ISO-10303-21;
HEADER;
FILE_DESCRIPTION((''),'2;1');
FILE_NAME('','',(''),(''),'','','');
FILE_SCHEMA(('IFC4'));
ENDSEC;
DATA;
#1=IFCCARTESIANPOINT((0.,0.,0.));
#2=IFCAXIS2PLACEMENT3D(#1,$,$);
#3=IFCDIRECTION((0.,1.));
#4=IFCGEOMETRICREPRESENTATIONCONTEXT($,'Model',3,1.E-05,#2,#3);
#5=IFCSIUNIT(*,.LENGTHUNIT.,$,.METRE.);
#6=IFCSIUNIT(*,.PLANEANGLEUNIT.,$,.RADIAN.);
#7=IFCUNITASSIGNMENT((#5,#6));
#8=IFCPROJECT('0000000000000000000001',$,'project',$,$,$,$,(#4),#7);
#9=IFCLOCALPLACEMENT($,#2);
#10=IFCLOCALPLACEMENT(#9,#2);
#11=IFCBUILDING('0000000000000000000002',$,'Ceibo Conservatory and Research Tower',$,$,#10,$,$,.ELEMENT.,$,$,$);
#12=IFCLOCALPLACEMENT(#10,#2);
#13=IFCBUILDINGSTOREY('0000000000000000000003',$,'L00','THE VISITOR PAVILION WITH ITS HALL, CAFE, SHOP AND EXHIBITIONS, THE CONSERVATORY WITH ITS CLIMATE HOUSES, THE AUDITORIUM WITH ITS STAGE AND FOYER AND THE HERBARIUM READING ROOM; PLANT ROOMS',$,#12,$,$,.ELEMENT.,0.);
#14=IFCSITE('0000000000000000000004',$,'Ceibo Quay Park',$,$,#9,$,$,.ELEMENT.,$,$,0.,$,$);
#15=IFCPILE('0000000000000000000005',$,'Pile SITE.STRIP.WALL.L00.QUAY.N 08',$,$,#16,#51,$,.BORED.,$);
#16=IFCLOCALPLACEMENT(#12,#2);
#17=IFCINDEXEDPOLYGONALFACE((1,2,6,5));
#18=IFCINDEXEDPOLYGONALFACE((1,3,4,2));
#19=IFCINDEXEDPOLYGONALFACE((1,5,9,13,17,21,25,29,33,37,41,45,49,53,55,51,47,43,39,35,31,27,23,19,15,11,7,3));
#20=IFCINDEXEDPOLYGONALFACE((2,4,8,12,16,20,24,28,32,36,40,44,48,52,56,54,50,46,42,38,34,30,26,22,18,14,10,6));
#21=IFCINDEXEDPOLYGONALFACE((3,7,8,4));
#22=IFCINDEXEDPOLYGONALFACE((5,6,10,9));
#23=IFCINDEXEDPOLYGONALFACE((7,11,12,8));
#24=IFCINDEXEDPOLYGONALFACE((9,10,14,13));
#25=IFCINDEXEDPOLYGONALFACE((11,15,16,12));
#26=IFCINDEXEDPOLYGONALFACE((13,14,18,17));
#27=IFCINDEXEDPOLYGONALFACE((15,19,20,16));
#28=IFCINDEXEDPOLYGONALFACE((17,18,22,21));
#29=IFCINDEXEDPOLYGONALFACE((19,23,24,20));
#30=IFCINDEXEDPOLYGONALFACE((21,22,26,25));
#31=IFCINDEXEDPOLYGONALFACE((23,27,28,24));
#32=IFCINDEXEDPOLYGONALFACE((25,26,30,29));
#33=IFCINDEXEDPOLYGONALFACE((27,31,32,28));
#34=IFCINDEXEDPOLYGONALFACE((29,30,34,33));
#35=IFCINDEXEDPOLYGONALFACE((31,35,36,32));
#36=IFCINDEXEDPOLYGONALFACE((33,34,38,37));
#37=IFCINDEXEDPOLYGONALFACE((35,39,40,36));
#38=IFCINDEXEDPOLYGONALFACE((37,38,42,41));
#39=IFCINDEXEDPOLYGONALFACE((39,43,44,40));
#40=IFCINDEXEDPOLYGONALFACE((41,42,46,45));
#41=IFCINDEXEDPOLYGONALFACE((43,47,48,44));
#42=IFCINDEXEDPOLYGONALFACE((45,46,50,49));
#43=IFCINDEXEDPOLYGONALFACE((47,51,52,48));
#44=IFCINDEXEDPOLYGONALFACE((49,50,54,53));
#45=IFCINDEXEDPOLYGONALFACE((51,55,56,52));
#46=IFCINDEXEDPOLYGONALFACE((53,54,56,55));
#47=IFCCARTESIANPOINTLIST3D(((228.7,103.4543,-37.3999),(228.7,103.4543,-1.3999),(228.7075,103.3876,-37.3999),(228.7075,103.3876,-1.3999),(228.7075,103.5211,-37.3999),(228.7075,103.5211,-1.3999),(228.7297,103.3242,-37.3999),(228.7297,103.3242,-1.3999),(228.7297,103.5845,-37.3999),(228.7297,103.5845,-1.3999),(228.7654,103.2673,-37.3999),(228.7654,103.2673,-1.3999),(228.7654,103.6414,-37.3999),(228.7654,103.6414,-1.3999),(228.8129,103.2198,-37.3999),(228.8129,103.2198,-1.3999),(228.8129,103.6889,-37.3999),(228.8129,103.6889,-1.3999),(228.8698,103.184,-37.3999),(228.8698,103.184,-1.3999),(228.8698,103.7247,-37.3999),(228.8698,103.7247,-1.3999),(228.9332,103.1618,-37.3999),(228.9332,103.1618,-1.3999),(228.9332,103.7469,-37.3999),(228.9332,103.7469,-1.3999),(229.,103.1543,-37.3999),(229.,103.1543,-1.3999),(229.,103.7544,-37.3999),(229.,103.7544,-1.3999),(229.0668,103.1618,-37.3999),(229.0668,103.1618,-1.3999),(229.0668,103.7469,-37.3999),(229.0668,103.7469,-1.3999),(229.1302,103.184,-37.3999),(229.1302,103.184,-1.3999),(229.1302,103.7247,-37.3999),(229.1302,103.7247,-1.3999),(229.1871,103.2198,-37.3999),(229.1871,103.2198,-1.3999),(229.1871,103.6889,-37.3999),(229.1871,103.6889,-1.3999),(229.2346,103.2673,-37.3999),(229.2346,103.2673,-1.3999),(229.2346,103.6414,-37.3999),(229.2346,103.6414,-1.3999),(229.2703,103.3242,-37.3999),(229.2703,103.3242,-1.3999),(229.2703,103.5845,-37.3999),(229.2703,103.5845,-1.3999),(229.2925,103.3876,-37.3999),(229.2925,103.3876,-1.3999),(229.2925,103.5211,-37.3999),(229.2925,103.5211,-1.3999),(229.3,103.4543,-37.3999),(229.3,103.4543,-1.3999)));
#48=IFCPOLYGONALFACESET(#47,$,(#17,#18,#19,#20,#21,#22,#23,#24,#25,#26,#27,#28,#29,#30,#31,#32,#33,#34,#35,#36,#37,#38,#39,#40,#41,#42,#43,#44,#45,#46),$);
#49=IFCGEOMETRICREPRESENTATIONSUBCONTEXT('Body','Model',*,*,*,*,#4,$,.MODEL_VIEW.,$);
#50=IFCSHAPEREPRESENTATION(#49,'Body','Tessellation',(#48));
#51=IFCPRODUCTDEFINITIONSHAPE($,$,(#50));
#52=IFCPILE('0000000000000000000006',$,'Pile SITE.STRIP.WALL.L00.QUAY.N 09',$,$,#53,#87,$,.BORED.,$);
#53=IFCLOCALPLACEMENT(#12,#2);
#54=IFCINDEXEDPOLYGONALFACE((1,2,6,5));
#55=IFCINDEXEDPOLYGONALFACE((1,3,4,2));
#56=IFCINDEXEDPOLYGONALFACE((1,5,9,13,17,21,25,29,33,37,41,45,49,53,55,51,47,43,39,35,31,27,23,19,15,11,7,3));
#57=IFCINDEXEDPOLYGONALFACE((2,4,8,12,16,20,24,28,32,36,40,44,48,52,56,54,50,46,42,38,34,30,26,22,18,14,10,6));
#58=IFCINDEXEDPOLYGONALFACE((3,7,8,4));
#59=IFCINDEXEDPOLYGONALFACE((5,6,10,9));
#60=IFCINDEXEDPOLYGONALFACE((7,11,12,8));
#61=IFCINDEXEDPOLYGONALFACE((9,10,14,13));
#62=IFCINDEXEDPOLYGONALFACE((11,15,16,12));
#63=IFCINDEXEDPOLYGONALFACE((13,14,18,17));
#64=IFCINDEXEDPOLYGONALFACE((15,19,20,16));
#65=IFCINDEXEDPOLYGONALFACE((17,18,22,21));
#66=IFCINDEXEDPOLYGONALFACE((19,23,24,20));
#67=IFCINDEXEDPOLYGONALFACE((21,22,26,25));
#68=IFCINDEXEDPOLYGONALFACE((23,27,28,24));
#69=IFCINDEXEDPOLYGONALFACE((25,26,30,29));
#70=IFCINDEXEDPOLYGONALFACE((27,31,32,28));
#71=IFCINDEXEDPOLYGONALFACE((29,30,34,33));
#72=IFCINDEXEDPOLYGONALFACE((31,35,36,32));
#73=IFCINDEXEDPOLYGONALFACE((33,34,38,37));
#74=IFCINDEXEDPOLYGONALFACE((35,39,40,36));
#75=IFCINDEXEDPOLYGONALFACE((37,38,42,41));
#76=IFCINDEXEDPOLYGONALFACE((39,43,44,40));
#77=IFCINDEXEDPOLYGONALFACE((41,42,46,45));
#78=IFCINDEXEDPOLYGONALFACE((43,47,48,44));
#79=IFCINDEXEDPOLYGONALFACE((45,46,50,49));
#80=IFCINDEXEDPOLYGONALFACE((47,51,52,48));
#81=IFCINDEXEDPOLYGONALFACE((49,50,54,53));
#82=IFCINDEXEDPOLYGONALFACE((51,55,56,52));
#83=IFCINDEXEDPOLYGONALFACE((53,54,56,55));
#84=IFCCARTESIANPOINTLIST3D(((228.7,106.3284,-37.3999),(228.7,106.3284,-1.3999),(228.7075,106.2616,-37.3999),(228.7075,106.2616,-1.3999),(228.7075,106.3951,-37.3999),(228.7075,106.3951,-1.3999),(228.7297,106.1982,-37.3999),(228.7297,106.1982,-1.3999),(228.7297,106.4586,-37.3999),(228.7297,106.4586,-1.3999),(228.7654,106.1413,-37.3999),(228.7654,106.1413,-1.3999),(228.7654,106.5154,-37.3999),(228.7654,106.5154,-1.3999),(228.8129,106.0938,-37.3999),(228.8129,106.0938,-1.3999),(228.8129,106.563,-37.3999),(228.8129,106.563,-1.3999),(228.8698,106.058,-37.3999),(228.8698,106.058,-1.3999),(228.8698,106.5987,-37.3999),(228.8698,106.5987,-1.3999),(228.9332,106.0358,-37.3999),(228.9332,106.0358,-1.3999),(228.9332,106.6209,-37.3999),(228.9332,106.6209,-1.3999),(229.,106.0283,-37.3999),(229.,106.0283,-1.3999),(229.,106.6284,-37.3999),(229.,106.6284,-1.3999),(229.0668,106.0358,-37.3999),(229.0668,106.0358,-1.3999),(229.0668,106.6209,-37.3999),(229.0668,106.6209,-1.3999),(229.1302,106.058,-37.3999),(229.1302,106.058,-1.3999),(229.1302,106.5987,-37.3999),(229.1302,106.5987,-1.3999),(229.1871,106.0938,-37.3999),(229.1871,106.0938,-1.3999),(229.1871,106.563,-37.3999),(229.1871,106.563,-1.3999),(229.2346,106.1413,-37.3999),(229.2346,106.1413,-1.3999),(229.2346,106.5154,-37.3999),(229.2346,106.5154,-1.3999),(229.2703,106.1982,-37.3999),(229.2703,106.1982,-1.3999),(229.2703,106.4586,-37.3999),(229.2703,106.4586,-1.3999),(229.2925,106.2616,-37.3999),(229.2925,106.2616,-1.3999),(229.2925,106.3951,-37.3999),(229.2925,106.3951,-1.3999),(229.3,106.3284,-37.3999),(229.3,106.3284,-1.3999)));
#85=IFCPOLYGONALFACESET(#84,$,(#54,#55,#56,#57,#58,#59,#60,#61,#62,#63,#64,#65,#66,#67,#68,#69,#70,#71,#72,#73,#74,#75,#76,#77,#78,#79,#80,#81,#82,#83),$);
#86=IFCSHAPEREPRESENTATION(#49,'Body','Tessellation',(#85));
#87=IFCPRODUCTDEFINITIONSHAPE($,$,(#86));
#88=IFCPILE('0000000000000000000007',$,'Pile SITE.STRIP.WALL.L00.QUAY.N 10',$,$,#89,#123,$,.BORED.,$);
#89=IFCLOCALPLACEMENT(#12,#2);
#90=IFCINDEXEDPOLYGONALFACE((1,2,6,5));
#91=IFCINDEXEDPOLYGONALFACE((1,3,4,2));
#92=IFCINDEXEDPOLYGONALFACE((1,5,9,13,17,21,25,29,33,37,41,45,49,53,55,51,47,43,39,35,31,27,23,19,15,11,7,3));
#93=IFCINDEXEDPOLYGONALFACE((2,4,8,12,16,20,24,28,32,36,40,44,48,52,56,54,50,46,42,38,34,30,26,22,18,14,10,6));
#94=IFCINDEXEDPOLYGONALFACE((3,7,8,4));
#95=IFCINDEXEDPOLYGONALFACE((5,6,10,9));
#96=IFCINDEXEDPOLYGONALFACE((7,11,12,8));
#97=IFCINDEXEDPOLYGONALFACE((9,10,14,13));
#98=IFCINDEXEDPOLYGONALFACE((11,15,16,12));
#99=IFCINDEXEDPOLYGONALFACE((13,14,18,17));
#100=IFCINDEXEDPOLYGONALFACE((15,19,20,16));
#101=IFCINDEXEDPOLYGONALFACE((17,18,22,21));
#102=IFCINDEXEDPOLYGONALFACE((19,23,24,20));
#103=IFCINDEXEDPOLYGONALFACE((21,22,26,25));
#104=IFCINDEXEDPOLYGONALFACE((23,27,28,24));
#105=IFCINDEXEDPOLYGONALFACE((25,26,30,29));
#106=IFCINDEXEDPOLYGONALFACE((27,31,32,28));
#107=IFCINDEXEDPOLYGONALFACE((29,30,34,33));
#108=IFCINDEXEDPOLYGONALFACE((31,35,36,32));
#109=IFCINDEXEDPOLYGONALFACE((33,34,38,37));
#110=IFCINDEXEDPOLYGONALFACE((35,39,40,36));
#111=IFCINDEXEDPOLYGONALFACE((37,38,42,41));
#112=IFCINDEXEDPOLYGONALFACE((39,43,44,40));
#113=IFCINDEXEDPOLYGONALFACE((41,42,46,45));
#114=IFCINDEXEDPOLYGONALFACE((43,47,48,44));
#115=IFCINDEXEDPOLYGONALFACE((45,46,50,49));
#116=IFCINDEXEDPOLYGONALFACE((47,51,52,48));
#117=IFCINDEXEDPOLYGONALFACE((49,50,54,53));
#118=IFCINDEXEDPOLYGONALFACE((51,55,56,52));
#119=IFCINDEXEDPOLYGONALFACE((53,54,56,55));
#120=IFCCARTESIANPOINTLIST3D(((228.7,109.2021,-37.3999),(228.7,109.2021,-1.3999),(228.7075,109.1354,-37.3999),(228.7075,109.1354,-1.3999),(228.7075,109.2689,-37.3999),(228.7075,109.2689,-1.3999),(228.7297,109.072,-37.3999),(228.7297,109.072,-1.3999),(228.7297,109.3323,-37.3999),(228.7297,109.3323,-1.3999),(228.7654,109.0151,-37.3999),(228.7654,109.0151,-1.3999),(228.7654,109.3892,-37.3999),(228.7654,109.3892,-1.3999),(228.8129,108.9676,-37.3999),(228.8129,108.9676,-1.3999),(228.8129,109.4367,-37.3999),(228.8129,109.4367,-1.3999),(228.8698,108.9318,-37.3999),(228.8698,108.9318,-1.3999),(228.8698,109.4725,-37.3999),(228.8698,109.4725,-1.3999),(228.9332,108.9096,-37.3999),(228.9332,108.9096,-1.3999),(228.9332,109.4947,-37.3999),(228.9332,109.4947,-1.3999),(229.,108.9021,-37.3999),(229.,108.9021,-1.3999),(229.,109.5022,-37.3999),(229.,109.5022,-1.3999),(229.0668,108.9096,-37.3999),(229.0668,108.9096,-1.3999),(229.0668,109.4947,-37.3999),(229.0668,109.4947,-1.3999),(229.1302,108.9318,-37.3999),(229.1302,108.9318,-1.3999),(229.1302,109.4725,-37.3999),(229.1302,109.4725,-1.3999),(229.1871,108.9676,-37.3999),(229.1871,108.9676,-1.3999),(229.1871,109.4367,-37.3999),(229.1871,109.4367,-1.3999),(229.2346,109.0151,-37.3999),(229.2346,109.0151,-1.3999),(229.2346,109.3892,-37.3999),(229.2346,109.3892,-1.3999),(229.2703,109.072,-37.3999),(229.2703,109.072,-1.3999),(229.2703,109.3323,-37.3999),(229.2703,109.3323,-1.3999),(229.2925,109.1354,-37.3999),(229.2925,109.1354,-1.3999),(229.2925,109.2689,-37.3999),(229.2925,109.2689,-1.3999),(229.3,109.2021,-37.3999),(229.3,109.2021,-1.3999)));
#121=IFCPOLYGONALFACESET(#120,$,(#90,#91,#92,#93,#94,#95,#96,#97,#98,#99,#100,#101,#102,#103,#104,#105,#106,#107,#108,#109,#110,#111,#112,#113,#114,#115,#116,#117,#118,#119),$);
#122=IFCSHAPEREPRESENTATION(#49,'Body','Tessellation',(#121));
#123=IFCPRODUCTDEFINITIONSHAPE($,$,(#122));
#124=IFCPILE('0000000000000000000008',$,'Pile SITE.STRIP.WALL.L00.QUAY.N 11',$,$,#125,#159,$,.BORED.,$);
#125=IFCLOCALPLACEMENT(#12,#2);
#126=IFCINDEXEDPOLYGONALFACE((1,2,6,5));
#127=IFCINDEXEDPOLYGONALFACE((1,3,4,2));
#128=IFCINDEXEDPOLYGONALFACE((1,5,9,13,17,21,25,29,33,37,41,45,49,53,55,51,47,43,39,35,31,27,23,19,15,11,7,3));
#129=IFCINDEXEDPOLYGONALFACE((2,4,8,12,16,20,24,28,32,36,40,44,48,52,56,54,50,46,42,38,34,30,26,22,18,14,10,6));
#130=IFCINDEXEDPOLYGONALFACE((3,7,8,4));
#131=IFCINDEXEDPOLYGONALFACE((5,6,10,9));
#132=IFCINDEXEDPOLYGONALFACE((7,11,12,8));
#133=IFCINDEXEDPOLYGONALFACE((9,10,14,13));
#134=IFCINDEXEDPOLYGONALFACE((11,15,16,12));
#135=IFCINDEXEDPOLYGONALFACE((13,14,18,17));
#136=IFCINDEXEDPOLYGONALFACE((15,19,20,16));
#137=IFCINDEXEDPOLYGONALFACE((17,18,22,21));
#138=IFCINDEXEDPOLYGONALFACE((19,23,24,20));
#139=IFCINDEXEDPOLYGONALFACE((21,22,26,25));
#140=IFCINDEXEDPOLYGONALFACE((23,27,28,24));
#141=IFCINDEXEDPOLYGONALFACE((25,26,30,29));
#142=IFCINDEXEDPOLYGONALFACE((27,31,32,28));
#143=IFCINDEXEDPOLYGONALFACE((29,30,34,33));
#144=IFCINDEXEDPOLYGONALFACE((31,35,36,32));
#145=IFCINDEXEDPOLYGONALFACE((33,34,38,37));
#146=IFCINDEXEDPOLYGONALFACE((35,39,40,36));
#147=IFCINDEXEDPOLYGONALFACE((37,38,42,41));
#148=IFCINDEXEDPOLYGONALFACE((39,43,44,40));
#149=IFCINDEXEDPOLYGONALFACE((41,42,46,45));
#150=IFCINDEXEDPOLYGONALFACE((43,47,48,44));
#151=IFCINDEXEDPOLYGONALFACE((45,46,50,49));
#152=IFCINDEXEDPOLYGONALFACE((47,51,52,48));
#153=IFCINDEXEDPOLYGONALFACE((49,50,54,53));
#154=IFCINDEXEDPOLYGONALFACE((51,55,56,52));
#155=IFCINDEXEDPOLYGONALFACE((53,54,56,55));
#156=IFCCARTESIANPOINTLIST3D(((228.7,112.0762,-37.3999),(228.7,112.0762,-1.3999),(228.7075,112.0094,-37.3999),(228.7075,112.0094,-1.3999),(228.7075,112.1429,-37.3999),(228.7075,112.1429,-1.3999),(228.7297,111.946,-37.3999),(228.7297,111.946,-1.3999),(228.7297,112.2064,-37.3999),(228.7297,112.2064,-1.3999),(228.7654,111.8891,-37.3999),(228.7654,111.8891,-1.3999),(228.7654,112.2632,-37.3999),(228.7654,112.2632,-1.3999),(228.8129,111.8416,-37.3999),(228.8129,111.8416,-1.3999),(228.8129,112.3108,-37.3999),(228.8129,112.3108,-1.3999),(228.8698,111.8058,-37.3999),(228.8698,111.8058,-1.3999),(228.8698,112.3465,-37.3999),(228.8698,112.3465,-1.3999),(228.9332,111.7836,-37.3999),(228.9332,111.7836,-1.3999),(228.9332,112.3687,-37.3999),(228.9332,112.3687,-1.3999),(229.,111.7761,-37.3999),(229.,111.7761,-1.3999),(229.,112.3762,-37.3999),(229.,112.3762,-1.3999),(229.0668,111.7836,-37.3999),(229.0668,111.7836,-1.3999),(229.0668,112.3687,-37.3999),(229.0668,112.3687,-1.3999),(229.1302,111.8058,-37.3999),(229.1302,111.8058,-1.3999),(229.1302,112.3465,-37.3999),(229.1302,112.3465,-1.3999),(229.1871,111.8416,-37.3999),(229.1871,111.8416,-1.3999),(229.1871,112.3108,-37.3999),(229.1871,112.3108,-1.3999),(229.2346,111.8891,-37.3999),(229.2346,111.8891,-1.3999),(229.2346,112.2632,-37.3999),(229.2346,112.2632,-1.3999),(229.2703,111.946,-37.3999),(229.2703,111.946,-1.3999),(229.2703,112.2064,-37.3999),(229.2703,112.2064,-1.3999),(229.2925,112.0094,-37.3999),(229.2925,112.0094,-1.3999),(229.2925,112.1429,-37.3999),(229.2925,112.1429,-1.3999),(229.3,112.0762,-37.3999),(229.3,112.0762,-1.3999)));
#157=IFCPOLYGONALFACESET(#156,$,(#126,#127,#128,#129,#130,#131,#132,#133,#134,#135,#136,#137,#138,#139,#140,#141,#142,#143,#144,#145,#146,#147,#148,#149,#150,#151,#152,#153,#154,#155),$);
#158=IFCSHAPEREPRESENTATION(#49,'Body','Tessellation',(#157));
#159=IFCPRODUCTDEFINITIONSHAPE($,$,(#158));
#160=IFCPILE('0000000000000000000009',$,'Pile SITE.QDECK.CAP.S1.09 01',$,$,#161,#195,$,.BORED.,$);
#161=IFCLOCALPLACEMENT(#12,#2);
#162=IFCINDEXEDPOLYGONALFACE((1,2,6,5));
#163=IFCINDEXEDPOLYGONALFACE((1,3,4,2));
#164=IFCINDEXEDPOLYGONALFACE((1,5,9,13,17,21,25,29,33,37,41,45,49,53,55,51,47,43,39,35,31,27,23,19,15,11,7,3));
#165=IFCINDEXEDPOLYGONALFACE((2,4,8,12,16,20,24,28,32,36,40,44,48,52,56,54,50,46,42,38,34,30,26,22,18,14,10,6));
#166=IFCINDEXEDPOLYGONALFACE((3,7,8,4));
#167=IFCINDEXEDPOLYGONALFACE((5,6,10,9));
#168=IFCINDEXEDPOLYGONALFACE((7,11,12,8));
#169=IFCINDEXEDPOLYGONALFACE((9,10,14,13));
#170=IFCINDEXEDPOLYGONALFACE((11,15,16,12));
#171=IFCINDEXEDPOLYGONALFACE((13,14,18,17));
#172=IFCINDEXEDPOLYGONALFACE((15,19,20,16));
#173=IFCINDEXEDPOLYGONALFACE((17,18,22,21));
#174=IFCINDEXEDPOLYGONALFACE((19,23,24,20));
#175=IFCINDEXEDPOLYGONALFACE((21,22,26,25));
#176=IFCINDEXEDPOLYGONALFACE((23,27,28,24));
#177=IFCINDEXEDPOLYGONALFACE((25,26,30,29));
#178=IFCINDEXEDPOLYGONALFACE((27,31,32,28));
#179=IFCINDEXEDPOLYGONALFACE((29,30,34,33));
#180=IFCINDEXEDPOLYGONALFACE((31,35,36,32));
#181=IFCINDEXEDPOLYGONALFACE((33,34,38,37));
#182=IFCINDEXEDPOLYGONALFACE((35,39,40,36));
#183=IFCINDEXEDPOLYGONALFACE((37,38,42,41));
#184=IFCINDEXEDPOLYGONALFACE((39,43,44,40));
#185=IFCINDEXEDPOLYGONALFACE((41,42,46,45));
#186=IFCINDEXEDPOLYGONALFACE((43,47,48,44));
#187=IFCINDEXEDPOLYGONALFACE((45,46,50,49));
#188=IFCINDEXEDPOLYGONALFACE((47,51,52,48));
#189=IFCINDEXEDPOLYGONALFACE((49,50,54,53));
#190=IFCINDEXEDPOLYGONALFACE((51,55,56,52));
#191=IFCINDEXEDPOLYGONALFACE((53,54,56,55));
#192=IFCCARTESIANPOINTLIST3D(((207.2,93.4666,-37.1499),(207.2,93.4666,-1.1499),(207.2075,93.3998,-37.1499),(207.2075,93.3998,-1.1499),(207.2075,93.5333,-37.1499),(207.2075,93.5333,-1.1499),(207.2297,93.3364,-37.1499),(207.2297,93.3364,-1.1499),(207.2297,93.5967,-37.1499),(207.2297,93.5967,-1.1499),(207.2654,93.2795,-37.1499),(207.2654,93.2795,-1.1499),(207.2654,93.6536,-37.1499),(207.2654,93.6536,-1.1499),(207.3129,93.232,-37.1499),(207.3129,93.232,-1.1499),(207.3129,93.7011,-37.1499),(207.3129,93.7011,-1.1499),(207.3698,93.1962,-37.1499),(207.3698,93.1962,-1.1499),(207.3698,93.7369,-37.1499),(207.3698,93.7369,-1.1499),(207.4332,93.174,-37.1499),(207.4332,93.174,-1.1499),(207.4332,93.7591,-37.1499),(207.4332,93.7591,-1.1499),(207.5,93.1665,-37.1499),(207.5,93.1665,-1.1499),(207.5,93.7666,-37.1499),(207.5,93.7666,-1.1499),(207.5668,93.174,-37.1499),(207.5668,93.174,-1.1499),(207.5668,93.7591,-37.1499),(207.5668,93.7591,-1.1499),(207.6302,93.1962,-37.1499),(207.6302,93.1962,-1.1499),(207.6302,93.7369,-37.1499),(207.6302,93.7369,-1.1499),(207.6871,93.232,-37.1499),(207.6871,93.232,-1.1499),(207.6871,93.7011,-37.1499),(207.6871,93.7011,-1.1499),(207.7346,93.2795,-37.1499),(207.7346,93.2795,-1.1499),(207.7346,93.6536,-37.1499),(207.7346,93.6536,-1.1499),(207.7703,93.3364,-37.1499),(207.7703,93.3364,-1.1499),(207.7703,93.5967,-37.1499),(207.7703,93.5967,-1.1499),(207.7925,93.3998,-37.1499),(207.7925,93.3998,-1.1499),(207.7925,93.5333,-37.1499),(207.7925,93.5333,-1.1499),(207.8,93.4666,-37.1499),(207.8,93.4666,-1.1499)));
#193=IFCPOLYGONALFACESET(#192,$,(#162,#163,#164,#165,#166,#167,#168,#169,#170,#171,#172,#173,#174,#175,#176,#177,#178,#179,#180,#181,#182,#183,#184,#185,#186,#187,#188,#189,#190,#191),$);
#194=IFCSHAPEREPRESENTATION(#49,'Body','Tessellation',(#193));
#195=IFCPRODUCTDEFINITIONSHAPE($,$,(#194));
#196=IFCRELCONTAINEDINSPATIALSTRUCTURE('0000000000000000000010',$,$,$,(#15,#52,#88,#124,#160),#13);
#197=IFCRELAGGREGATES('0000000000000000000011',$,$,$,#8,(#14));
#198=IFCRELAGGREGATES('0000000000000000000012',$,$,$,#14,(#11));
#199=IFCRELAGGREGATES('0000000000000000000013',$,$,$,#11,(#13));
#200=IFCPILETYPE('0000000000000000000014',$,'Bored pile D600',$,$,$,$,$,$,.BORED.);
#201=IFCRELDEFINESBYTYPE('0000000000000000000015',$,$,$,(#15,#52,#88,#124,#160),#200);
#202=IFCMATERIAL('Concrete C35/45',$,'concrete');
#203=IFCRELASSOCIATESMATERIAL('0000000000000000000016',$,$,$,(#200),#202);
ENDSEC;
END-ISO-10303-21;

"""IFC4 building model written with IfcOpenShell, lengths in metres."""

from ifc_helpers import new_model, si_unit, direction, frame, origin, origin_2d, place, context, subcontext, project, spatial, circle, extrude, material, material_profile, profile_set, type_object, element, save


model = new_model("IFC4")

# Units and contexts
model_context = context("Model", 3, precision=1e-05, world=origin(), true_north=direction((0.0, 1.0)))
body_context = subcontext(model_context, "Body", "Model", "MODEL_VIEW")
ifc_project = project(units=[si_unit("LENGTHUNIT", "METRE"), si_unit("PLANEANGLEUNIT", "RADIAN")], contexts=[model_context])

# Site, building, storey
site_placement = place(None, origin())
site = spatial("IfcSite", under=ifc_project, at=site_placement, Name="Ceibo Quay Park", CompositionType="ELEMENT", RefElevation=0.0)
building_placement = place(site_placement, origin())
building = spatial("IfcBuilding", under=site, at=building_placement, Name="Ceibo Conservatory and Research Tower", CompositionType="ELEMENT")
storey_placement = place(building_placement, origin())
storey = spatial("IfcBuildingStorey", under=building, at=storey_placement, Name="L00", Description="THE VISITOR PAVILION WITH ITS HALL, CAFE, SHOP AND EXHIBITIONS, THE CONSERVATORY WITH ITS CLIMATE HOUSES, THE AUDITORIUM WITH ITS STAGE AND FOYER AND THE HERBARIUM READING ROOM; PLANT ROOMS", CompositionType="ELEMENT", Elevation=0.0)

# Piles
ifc_material_1 = material(Name="Concrete C35/45", Category="concrete")
ifc_material_profile_1 = material_profile(ifc_material_1, circle(Radius=0.3, at=origin_2d()), Name="RC D600")
ifc_profile_set_1 = profile_set([ifc_material_profile_1], Name="Concrete C35/45")
pile_type = type_object("IfcPileType", Name="Bored pile D600", PredefinedType="BORED", material=ifc_profile_set_1)
for number, where, z_axis, x_axis, name in (
    (1, (229.0, 103.4543, -1.3999), (0.0, 0.0, -1.0), (1.0, 0.0, 0.0), "Pile SITE.STRIP.WALL.L00.QUAY.N 08"),
    (2, (229.0, 106.3284, -1.3999), (0.0, 0.0, -1.0), (1.0, 0.0, 0.0), "Pile SITE.STRIP.WALL.L00.QUAY.N 09"),
    (3, (229.0, 109.2021, -1.3999), (0.0, 0.0, -1.0), (1.0, 0.0, 0.0), "Pile SITE.STRIP.WALL.L00.QUAY.N 10"),
    (4, (229.0, 112.0762, -1.3999), (0.0, 0.0, -1.0), (1.0, 0.0, 0.0), "Pile SITE.STRIP.WALL.L00.QUAY.N 11"),
    (5, (207.5, 93.4666, -1.1499), (0.0, 0.0, -1.0), (1.0, 0.0, 0.0), "Pile SITE.QDECK.CAP.S1.09 01"),
):
    element("IfcPile", number, at=place(storey_placement, frame(where, z_axis=z_axis, x_axis=x_axis)), inside=storey, type_object=pile_type, Name=name, PredefinedType="BORED", context=body_context, shape_type="SweptSolid", body=[
        extrude(circle(Radius=0.3, at=origin_2d()), origin(), (0.0, 0.0, 1.0), 36.0),
    ])

save(model, "model.ifc")
